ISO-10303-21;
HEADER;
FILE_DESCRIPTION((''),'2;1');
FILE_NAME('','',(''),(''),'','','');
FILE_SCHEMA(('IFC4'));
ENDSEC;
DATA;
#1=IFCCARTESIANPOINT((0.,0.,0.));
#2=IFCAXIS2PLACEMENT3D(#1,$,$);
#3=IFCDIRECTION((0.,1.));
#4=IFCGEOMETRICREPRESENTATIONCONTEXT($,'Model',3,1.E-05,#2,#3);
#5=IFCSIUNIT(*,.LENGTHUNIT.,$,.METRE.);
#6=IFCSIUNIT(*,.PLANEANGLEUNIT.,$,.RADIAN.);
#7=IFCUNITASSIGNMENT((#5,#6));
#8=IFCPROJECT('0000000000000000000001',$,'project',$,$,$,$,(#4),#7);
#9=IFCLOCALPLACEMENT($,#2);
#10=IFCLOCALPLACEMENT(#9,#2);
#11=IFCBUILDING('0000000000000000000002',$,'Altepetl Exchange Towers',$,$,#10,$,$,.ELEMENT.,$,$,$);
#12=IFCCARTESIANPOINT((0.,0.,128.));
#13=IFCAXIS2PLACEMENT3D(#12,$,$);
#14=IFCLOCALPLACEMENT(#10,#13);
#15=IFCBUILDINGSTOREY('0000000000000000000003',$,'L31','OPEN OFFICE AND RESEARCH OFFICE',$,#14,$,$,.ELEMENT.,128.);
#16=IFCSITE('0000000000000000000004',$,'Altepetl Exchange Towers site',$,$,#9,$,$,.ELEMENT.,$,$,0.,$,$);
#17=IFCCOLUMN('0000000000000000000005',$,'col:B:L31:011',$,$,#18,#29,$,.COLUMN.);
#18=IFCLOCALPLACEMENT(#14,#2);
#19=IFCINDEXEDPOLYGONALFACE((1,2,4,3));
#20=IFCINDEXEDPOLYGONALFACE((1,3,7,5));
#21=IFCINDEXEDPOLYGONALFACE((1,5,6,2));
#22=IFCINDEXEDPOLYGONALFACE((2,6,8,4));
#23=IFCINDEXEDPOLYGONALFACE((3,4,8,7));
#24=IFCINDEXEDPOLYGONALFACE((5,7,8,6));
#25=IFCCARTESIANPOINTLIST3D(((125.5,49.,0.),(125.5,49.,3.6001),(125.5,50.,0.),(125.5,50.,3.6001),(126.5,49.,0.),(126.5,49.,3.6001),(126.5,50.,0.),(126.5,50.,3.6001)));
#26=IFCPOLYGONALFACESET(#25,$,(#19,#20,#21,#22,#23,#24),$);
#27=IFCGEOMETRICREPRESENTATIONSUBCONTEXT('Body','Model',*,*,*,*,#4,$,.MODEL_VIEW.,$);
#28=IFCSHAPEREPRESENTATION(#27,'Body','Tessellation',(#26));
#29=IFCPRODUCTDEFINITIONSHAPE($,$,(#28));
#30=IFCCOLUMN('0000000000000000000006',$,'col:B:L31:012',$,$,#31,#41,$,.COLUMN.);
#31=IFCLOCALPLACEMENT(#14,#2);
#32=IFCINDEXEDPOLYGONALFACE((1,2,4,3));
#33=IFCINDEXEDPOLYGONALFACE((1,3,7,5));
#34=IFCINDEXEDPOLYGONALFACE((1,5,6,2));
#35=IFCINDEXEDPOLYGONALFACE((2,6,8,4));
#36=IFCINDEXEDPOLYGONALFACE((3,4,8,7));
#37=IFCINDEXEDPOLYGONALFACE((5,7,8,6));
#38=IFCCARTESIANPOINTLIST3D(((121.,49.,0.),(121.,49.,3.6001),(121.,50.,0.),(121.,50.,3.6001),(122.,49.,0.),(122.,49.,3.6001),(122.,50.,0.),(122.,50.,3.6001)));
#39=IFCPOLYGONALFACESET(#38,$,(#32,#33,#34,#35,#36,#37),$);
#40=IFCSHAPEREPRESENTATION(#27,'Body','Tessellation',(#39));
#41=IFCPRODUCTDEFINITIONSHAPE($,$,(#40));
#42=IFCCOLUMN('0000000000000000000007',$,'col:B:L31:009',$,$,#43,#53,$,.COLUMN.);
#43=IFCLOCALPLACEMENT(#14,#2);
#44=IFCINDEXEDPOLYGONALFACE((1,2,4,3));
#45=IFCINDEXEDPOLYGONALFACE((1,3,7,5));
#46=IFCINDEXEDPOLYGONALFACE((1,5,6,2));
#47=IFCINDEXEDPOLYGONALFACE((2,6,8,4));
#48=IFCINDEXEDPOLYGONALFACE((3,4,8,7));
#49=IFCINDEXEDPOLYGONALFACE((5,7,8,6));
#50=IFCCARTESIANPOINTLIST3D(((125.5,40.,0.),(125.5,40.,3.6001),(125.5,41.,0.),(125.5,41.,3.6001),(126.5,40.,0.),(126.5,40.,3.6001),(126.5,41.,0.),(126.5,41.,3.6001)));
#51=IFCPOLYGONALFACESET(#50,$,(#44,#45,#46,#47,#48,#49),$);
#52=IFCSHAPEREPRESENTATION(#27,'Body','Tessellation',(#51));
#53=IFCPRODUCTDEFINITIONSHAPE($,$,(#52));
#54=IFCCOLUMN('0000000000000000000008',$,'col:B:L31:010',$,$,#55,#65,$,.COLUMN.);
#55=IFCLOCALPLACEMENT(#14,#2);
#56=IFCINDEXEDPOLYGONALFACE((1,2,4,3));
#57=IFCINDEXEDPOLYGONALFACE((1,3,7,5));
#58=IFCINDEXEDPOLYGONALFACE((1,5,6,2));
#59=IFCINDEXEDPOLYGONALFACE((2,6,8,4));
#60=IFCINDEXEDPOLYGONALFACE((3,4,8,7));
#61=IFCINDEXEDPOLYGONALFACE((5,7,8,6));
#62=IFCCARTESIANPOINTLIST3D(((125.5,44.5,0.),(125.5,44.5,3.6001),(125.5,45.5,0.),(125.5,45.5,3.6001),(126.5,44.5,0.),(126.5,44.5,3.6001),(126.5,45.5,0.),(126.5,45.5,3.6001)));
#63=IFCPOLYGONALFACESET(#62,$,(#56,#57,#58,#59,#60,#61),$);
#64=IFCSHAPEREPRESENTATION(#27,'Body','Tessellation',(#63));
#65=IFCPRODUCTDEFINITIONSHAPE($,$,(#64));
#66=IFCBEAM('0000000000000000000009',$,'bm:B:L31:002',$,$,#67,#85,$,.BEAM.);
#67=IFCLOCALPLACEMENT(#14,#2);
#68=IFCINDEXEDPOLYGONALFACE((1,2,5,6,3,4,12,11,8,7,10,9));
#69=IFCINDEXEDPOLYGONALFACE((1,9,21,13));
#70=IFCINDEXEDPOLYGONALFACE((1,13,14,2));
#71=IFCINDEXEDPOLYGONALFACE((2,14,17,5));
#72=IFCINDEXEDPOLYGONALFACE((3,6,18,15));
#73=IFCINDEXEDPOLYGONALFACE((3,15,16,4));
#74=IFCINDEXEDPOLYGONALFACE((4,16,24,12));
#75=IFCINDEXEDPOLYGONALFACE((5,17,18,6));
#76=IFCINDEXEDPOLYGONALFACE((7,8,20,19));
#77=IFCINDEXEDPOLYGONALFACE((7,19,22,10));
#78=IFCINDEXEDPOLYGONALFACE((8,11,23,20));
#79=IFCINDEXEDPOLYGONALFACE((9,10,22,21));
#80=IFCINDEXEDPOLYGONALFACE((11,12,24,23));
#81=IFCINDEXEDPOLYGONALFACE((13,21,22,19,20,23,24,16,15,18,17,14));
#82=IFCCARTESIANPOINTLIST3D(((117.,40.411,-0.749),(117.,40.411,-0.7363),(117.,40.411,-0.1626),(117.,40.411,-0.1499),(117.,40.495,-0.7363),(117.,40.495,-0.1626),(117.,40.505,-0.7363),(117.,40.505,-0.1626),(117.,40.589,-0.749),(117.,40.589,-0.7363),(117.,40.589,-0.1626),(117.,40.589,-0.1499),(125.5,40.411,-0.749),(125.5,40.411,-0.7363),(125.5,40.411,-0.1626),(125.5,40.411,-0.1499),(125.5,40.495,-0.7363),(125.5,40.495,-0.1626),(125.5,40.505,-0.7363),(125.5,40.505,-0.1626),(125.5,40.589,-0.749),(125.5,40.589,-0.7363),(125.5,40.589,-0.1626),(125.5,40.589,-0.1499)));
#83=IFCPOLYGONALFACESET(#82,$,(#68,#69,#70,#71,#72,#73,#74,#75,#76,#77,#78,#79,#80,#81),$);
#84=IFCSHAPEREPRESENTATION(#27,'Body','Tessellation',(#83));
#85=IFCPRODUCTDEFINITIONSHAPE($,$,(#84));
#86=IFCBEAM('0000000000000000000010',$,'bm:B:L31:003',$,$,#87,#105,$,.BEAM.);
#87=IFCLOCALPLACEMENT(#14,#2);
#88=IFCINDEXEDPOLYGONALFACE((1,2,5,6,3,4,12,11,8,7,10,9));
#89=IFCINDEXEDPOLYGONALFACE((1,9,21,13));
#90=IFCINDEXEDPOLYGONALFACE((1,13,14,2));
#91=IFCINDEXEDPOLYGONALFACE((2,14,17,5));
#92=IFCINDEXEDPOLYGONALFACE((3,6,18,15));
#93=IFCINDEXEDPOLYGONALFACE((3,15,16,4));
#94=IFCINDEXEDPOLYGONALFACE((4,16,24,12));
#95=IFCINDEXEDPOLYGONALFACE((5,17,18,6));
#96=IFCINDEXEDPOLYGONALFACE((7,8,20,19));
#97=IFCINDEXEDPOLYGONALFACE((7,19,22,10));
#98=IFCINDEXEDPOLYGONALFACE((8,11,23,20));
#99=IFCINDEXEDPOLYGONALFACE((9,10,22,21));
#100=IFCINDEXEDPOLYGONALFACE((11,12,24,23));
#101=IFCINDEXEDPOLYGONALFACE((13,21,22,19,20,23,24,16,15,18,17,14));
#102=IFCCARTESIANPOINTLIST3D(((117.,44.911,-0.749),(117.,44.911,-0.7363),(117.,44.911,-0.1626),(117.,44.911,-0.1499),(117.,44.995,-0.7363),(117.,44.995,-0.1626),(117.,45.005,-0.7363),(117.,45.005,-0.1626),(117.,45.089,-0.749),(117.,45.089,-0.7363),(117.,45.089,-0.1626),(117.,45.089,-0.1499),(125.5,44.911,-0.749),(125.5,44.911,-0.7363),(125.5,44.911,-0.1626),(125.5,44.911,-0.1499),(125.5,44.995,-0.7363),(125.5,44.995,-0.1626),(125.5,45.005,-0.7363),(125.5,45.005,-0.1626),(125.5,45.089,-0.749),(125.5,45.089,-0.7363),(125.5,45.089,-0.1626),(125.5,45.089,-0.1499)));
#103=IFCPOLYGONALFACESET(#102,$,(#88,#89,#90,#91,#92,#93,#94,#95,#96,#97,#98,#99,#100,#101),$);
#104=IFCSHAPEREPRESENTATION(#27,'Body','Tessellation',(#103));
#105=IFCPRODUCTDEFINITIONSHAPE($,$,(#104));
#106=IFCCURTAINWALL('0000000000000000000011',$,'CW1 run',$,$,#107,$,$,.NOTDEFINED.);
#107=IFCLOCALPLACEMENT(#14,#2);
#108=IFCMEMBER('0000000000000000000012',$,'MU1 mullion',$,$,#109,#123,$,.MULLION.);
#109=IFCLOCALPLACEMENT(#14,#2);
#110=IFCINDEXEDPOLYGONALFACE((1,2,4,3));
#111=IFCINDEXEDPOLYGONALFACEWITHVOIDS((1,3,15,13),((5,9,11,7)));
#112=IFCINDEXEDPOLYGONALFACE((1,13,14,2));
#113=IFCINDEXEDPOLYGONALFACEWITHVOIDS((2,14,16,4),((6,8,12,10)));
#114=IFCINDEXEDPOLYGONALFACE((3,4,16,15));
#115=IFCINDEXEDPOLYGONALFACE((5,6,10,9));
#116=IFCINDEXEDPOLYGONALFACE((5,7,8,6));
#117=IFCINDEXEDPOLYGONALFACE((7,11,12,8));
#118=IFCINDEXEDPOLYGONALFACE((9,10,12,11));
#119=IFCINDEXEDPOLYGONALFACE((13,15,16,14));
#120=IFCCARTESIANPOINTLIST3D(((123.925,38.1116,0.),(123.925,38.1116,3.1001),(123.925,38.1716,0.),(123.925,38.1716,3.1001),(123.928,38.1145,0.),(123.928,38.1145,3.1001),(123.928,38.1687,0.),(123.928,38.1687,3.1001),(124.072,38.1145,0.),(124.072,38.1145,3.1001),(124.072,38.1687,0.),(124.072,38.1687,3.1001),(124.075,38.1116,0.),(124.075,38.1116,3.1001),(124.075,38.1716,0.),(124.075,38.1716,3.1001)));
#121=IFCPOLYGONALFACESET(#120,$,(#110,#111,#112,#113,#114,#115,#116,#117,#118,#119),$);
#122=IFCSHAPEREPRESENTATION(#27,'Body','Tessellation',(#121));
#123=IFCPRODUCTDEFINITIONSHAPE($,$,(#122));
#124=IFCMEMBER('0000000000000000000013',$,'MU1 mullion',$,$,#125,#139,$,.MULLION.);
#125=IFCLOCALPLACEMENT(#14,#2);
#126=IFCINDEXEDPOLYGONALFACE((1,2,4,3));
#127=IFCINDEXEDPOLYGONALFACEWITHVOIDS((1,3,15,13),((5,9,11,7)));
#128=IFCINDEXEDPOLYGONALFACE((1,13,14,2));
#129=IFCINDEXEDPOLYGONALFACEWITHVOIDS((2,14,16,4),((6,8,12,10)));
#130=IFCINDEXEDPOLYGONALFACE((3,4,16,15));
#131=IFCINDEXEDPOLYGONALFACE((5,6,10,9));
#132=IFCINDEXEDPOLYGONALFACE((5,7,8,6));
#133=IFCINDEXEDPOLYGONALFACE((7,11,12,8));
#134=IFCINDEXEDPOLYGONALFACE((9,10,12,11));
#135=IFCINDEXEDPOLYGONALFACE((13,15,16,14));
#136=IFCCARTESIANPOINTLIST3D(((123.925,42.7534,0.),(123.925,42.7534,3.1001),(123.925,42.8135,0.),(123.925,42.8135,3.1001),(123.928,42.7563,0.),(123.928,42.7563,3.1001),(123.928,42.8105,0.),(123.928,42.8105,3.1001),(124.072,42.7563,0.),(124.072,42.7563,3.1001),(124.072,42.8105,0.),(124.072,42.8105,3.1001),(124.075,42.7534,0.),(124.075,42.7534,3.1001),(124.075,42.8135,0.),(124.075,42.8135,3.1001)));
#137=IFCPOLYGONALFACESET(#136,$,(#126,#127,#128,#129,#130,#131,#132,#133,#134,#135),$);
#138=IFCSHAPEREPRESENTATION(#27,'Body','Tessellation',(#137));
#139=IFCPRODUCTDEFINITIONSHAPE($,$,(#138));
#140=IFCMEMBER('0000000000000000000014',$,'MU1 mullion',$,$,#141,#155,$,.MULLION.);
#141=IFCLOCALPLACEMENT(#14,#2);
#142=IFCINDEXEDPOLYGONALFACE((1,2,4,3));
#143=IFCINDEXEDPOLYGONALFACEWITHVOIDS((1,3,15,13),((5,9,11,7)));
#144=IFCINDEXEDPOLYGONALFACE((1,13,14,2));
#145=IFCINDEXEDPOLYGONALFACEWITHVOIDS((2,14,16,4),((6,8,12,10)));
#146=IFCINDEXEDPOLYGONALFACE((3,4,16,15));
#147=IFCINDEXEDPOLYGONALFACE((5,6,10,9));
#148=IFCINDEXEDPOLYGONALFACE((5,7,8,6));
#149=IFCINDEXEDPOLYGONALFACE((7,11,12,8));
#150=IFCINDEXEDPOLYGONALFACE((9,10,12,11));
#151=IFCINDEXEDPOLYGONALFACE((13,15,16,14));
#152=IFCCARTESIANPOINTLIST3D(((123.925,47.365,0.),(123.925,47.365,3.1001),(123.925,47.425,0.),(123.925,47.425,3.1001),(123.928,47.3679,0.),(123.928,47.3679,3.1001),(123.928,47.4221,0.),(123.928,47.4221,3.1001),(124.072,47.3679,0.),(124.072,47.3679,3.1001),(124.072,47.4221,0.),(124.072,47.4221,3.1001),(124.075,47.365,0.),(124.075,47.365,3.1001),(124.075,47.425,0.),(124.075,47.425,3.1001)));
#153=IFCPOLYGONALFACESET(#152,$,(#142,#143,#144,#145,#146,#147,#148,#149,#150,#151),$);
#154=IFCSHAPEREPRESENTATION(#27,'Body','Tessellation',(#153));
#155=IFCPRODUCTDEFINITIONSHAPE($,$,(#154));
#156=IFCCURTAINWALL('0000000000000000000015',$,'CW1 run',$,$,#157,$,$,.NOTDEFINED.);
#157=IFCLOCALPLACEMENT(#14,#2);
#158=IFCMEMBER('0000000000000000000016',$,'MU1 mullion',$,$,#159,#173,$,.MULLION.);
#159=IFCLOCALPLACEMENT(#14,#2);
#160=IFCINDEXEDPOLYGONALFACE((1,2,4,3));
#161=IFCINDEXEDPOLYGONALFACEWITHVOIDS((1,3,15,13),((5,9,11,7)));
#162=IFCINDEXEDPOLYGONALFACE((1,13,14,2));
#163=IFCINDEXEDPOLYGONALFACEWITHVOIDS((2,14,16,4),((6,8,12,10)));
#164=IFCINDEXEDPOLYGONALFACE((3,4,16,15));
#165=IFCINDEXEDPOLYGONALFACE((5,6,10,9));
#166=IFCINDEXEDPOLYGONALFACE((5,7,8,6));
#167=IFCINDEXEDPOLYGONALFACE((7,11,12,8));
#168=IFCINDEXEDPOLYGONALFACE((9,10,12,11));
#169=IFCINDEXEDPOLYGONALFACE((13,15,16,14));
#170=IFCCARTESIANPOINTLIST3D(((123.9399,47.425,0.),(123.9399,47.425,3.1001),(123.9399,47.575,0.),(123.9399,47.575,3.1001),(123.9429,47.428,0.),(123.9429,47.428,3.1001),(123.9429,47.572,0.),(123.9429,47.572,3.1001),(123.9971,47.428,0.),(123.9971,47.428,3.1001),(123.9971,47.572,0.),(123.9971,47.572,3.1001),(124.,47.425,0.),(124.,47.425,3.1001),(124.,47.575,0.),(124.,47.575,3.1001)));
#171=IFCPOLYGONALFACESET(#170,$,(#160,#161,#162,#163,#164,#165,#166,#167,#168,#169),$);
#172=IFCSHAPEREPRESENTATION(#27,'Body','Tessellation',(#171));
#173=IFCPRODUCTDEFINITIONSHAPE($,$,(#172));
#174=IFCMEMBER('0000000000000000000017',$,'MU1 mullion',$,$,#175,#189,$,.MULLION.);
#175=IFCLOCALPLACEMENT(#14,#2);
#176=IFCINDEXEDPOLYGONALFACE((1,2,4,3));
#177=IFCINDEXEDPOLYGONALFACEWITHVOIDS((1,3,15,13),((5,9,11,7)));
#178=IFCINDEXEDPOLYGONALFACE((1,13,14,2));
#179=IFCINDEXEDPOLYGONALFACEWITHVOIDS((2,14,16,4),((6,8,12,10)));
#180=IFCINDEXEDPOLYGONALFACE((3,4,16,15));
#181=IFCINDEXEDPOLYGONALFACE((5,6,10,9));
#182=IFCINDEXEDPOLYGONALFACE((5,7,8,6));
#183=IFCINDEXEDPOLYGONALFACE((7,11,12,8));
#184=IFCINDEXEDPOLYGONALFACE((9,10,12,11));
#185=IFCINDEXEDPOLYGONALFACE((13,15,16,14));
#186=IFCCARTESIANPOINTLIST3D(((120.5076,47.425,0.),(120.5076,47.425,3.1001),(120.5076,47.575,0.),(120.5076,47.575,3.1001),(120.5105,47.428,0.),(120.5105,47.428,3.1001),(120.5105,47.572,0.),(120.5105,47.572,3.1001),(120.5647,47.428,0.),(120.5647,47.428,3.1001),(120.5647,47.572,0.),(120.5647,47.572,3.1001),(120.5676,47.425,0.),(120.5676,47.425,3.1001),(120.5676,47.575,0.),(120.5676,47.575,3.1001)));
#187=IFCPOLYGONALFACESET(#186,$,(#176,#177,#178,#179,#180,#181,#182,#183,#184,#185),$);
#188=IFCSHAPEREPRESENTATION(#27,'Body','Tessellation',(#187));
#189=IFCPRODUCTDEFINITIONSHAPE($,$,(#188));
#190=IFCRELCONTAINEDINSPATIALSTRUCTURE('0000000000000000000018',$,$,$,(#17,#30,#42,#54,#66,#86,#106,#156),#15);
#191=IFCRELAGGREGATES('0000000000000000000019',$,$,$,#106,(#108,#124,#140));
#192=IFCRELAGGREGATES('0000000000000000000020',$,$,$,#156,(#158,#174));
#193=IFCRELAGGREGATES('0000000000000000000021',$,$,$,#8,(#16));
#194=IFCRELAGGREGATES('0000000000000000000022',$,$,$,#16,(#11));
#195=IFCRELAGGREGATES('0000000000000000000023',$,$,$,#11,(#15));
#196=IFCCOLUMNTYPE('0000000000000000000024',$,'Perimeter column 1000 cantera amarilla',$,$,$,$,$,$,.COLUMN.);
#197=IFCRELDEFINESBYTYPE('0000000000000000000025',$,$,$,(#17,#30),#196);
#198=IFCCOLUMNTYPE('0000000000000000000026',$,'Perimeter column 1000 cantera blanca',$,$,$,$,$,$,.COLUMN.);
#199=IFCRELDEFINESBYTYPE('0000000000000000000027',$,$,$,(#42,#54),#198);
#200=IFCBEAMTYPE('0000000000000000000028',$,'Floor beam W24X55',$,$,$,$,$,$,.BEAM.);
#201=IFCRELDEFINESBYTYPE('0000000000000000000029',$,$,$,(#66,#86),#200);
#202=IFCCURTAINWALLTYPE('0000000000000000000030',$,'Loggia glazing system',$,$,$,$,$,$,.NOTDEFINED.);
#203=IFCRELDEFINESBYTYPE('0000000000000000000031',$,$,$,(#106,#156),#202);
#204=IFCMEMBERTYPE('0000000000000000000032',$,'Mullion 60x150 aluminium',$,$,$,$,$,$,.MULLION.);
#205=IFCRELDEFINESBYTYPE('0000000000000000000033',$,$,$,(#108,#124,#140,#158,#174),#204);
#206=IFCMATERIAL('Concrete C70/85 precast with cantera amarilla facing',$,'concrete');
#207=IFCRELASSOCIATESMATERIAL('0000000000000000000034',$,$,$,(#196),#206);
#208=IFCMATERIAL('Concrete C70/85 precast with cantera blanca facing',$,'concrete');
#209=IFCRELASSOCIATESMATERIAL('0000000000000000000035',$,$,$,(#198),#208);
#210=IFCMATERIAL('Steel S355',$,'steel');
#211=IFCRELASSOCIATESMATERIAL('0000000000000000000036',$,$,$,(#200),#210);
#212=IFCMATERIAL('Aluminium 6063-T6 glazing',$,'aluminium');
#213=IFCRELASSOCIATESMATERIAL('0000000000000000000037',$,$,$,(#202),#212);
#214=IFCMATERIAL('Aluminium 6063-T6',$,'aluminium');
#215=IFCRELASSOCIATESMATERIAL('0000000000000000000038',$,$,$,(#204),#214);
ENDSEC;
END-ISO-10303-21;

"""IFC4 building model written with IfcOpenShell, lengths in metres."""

from ifc_helpers import new_model, si_unit, direction, frame, origin, origin_2d, place, context, subcontext, project, spatial, rectangle, hollow_rectangle, i_section, extrude, material, material_profile, profile_set, type_object, element, aggregate, save


model = new_model("IFC4")

# Units and contexts
model_context = context("Model", 3, precision=1e-05, world=origin(), true_north=direction((0.0, 1.0)))
body_context = subcontext(model_context, "Body", "Model", "MODEL_VIEW")
ifc_project = project(units=[si_unit("LENGTHUNIT", "METRE"), si_unit("PLANEANGLEUNIT", "RADIAN")], contexts=[model_context])

# Site, building, storey
site_placement = place(None, origin())
site = spatial("IfcSite", under=ifc_project, at=site_placement, Name="Altepetl Exchange Towers site", CompositionType="ELEMENT", RefElevation=0.0)
building_placement = place(site_placement, origin())
building = spatial("IfcBuilding", under=site, at=building_placement, Name="Altepetl Exchange Towers", CompositionType="ELEMENT")
storey_placement = place(building_placement, frame((0.0, 0.0, 128.0)))
storey = spatial("IfcBuildingStorey", under=building, at=storey_placement, Name="L31", Description="OPEN OFFICE AND RESEARCH OFFICE", CompositionType="ELEMENT", Elevation=128.0)

# Columns
ifc_material_1 = material(Name="Concrete C70/85 precast with cantera amarilla facing", Category="concrete")
ifc_material_profile_1 = material_profile(ifc_material_1, rectangle(XDim=1.0, YDim=1.0, at=origin_2d()), Name="1000 x 1000")
ifc_profile_set_1 = profile_set([ifc_material_profile_1], Name="Concrete C70/85 precast with cantera amarilla facing")
column_type_1 = type_object("IfcColumnType", Name="Perimeter column 1000 cantera amarilla", PredefinedType="COLUMN", material=ifc_profile_set_1)
for number, where, name in (
    (1, (126.0, 49.5, 0.0), "col:B:L31:011"),
    (2, (121.5, 49.5, 0.0), "col:B:L31:012"),
):
    element("IfcColumn", number, at=place(storey_placement, frame(where)), inside=storey, type_object=column_type_1, Name=name, PredefinedType="COLUMN", context=body_context, shape_type="SweptSolid", body=[
        extrude(rectangle(XDim=1.0, YDim=1.0, at=origin_2d()), origin(), (0.0, 0.0, 1.0), 3.6001),
    ])
ifc_material_2 = material(Name="Concrete C70/85 precast with cantera blanca facing", Category="concrete")
ifc_material_profile_2 = material_profile(ifc_material_2, rectangle(XDim=1.0, YDim=1.0, at=origin_2d()), Name="1000 x 1000")
ifc_profile_set_2 = profile_set([ifc_material_profile_2], Name="Concrete C70/85 precast with cantera blanca facing")
column_type_2 = type_object("IfcColumnType", Name="Perimeter column 1000 cantera blanca", PredefinedType="COLUMN", material=ifc_profile_set_2)
for number, where, name in (
    (3, (126.0, 40.5, 0.0), "col:B:L31:009"),
    (4, (126.0, 45.0, 0.0), "col:B:L31:010"),
):
    element("IfcColumn", number, at=place(storey_placement, frame(where)), inside=storey, type_object=column_type_2, Name=name, PredefinedType="COLUMN", context=body_context, shape_type="SweptSolid", body=[
        extrude(rectangle(XDim=1.0, YDim=1.0, at=origin_2d()), origin(), (0.0, 0.0, 1.0), 3.6001),
    ])

# Beams
ifc_material_3 = material(Name="Steel S355", Category="steel")
ifc_material_profile_3 = material_profile(ifc_material_3, i_section(OverallWidth=0.178, OverallDepth=0.5991, WebThickness=0.01, FlangeThickness=0.0127, at=origin_2d()), Name="W24X55")
ifc_profile_set_3 = profile_set([ifc_material_profile_3], Name="Steel S355")
beam_type_1 = type_object("IfcBeamType", Name="Floor beam W24X55", PredefinedType="BEAM", material=ifc_profile_set_3)
for number, where, z_axis, x_axis, name in (
    (5, (117.0, 40.5, -0.4495), (1.0, 0.0, 0.0), (0.0, 1.0, 0.0), "bm:B:L31:002"),
    (6, (117.0, 45.0, -0.4495), (1.0, 0.0, 0.0), (0.0, 1.0, 0.0), "bm:B:L31:003"),
):
    element("IfcBeam", number, at=place(storey_placement, frame(where, z_axis=z_axis, x_axis=x_axis)), inside=storey, type_object=beam_type_1, Name=name, PredefinedType="BEAM", context=body_context, shape_type="SweptSolid", body=[
        extrude(i_section(OverallWidth=0.178, OverallDepth=0.5991, WebThickness=0.01, FlangeThickness=0.0127, at=origin_2d()), origin(), (0.0, 0.0, 1.0), 8.5),
    ])

# Curtain walls, members
ifc_material_4 = material(Name="Aluminium 6063-T6 glazing", Category="aluminium")
curtain_wall_type = type_object("IfcCurtainWallType", Name="Loggia glazing system", PredefinedType="NOTDEFINED", material=ifc_material_4)
curtain_wall_1_placement = place(storey_placement, origin())
curtain_wall_1 = element("IfcCurtainWall", 7, at=curtain_wall_1_placement, inside=storey, type_object=curtain_wall_type, Name="CW1 run", PredefinedType="NOTDEFINED")
ifc_material_5 = material(Name="Aluminium 6063-T6", Category="aluminium")
ifc_material_profile_4 = material_profile(ifc_material_5, hollow_rectangle(XDim=0.0601, YDim=0.1499, WallThickness=0.0029, at=origin_2d()), Name="Mullion 60x150 aluminium")
ifc_profile_set_4 = profile_set([ifc_material_profile_4], Name="Aluminium 6063-T6")
member_type = type_object("IfcMemberType", Name="Mullion 60x150 aluminium", PredefinedType="MULLION", material=ifc_profile_set_4)
member_1_placement = place(storey_placement, frame((124.0, 38.1416, 0.0), z_axis=(0.0, 0.0, 1.0), x_axis=(0.0, 1.0, 0.0)))
member_1 = element("IfcMember", 8, at=member_1_placement, type_object=member_type, Name="MU1 mullion", PredefinedType="MULLION", context=body_context, shape_type="SweptSolid", body=[
    extrude(hollow_rectangle(XDim=0.0601, YDim=0.1499, WallThickness=0.0029, at=origin_2d()), origin(), (0.0, 0.0, 1.0), 3.1001),
])
member_2_placement = place(storey_placement, frame((124.0, 42.7834, 0.0), z_axis=(0.0, 0.0, 1.0), x_axis=(0.0, 1.0, 0.0)))
member_2 = element("IfcMember", 9, at=member_2_placement, type_object=member_type, Name="MU1 mullion", PredefinedType="MULLION", context=body_context, shape_type="SweptSolid", body=[
    extrude(hollow_rectangle(XDim=0.0601, YDim=0.1499, WallThickness=0.0029, at=origin_2d()), origin(), (0.0, 0.0, 1.0), 3.1001),
])
member_3_placement = place(storey_placement, frame((124.0, 47.395, 0.0), z_axis=(0.0, 0.0, 1.0), x_axis=(0.0, 1.0, 0.0)))
member_3 = element("IfcMember", 10, at=member_3_placement, type_object=member_type, Name="MU1 mullion", PredefinedType="MULLION", context=body_context, shape_type="SweptSolid", body=[
    extrude(hollow_rectangle(XDim=0.0601, YDim=0.1499, WallThickness=0.0029, at=origin_2d()), origin(), (0.0, 0.0, 1.0), 3.1001),
])
curtain_wall_2_placement = place(storey_placement, origin())
curtain_wall_2 = element("IfcCurtainWall", 11, at=curtain_wall_2_placement, inside=storey, type_object=curtain_wall_type, Name="CW1 run", PredefinedType="NOTDEFINED")
member_4_placement = place(storey_placement, frame((123.97, 47.5, 0.0), z_axis=(0.0, 0.0, 1.0), x_axis=(-1.0, 0.0, 0.0)))
member_4 = element("IfcMember", 12, at=member_4_placement, type_object=member_type, Name="MU1 mullion", PredefinedType="MULLION", context=body_context, shape_type="SweptSolid", body=[
    extrude(hollow_rectangle(XDim=0.0601, YDim=0.1499, WallThickness=0.0029, at=origin_2d()), origin(), (0.0, 0.0, 1.0), 3.1001),
])
member_5_placement = place(storey_placement, frame((120.5376, 47.5, 0.0), z_axis=(0.0, 0.0, 1.0), x_axis=(-1.0, 0.0, 0.0)))
member_5 = element("IfcMember", 13, at=member_5_placement, type_object=member_type, Name="MU1 mullion", PredefinedType="MULLION", context=body_context, shape_type="SweptSolid", body=[
    extrude(hollow_rectangle(XDim=0.0601, YDim=0.1499, WallThickness=0.0029, at=origin_2d()), origin(), (0.0, 0.0, 1.0), 3.1001),
])

aggregate(curtain_wall_1, [member_1, member_2, member_3])
aggregate(curtain_wall_2, [member_4, member_5])

save(model, "model.ifc")
